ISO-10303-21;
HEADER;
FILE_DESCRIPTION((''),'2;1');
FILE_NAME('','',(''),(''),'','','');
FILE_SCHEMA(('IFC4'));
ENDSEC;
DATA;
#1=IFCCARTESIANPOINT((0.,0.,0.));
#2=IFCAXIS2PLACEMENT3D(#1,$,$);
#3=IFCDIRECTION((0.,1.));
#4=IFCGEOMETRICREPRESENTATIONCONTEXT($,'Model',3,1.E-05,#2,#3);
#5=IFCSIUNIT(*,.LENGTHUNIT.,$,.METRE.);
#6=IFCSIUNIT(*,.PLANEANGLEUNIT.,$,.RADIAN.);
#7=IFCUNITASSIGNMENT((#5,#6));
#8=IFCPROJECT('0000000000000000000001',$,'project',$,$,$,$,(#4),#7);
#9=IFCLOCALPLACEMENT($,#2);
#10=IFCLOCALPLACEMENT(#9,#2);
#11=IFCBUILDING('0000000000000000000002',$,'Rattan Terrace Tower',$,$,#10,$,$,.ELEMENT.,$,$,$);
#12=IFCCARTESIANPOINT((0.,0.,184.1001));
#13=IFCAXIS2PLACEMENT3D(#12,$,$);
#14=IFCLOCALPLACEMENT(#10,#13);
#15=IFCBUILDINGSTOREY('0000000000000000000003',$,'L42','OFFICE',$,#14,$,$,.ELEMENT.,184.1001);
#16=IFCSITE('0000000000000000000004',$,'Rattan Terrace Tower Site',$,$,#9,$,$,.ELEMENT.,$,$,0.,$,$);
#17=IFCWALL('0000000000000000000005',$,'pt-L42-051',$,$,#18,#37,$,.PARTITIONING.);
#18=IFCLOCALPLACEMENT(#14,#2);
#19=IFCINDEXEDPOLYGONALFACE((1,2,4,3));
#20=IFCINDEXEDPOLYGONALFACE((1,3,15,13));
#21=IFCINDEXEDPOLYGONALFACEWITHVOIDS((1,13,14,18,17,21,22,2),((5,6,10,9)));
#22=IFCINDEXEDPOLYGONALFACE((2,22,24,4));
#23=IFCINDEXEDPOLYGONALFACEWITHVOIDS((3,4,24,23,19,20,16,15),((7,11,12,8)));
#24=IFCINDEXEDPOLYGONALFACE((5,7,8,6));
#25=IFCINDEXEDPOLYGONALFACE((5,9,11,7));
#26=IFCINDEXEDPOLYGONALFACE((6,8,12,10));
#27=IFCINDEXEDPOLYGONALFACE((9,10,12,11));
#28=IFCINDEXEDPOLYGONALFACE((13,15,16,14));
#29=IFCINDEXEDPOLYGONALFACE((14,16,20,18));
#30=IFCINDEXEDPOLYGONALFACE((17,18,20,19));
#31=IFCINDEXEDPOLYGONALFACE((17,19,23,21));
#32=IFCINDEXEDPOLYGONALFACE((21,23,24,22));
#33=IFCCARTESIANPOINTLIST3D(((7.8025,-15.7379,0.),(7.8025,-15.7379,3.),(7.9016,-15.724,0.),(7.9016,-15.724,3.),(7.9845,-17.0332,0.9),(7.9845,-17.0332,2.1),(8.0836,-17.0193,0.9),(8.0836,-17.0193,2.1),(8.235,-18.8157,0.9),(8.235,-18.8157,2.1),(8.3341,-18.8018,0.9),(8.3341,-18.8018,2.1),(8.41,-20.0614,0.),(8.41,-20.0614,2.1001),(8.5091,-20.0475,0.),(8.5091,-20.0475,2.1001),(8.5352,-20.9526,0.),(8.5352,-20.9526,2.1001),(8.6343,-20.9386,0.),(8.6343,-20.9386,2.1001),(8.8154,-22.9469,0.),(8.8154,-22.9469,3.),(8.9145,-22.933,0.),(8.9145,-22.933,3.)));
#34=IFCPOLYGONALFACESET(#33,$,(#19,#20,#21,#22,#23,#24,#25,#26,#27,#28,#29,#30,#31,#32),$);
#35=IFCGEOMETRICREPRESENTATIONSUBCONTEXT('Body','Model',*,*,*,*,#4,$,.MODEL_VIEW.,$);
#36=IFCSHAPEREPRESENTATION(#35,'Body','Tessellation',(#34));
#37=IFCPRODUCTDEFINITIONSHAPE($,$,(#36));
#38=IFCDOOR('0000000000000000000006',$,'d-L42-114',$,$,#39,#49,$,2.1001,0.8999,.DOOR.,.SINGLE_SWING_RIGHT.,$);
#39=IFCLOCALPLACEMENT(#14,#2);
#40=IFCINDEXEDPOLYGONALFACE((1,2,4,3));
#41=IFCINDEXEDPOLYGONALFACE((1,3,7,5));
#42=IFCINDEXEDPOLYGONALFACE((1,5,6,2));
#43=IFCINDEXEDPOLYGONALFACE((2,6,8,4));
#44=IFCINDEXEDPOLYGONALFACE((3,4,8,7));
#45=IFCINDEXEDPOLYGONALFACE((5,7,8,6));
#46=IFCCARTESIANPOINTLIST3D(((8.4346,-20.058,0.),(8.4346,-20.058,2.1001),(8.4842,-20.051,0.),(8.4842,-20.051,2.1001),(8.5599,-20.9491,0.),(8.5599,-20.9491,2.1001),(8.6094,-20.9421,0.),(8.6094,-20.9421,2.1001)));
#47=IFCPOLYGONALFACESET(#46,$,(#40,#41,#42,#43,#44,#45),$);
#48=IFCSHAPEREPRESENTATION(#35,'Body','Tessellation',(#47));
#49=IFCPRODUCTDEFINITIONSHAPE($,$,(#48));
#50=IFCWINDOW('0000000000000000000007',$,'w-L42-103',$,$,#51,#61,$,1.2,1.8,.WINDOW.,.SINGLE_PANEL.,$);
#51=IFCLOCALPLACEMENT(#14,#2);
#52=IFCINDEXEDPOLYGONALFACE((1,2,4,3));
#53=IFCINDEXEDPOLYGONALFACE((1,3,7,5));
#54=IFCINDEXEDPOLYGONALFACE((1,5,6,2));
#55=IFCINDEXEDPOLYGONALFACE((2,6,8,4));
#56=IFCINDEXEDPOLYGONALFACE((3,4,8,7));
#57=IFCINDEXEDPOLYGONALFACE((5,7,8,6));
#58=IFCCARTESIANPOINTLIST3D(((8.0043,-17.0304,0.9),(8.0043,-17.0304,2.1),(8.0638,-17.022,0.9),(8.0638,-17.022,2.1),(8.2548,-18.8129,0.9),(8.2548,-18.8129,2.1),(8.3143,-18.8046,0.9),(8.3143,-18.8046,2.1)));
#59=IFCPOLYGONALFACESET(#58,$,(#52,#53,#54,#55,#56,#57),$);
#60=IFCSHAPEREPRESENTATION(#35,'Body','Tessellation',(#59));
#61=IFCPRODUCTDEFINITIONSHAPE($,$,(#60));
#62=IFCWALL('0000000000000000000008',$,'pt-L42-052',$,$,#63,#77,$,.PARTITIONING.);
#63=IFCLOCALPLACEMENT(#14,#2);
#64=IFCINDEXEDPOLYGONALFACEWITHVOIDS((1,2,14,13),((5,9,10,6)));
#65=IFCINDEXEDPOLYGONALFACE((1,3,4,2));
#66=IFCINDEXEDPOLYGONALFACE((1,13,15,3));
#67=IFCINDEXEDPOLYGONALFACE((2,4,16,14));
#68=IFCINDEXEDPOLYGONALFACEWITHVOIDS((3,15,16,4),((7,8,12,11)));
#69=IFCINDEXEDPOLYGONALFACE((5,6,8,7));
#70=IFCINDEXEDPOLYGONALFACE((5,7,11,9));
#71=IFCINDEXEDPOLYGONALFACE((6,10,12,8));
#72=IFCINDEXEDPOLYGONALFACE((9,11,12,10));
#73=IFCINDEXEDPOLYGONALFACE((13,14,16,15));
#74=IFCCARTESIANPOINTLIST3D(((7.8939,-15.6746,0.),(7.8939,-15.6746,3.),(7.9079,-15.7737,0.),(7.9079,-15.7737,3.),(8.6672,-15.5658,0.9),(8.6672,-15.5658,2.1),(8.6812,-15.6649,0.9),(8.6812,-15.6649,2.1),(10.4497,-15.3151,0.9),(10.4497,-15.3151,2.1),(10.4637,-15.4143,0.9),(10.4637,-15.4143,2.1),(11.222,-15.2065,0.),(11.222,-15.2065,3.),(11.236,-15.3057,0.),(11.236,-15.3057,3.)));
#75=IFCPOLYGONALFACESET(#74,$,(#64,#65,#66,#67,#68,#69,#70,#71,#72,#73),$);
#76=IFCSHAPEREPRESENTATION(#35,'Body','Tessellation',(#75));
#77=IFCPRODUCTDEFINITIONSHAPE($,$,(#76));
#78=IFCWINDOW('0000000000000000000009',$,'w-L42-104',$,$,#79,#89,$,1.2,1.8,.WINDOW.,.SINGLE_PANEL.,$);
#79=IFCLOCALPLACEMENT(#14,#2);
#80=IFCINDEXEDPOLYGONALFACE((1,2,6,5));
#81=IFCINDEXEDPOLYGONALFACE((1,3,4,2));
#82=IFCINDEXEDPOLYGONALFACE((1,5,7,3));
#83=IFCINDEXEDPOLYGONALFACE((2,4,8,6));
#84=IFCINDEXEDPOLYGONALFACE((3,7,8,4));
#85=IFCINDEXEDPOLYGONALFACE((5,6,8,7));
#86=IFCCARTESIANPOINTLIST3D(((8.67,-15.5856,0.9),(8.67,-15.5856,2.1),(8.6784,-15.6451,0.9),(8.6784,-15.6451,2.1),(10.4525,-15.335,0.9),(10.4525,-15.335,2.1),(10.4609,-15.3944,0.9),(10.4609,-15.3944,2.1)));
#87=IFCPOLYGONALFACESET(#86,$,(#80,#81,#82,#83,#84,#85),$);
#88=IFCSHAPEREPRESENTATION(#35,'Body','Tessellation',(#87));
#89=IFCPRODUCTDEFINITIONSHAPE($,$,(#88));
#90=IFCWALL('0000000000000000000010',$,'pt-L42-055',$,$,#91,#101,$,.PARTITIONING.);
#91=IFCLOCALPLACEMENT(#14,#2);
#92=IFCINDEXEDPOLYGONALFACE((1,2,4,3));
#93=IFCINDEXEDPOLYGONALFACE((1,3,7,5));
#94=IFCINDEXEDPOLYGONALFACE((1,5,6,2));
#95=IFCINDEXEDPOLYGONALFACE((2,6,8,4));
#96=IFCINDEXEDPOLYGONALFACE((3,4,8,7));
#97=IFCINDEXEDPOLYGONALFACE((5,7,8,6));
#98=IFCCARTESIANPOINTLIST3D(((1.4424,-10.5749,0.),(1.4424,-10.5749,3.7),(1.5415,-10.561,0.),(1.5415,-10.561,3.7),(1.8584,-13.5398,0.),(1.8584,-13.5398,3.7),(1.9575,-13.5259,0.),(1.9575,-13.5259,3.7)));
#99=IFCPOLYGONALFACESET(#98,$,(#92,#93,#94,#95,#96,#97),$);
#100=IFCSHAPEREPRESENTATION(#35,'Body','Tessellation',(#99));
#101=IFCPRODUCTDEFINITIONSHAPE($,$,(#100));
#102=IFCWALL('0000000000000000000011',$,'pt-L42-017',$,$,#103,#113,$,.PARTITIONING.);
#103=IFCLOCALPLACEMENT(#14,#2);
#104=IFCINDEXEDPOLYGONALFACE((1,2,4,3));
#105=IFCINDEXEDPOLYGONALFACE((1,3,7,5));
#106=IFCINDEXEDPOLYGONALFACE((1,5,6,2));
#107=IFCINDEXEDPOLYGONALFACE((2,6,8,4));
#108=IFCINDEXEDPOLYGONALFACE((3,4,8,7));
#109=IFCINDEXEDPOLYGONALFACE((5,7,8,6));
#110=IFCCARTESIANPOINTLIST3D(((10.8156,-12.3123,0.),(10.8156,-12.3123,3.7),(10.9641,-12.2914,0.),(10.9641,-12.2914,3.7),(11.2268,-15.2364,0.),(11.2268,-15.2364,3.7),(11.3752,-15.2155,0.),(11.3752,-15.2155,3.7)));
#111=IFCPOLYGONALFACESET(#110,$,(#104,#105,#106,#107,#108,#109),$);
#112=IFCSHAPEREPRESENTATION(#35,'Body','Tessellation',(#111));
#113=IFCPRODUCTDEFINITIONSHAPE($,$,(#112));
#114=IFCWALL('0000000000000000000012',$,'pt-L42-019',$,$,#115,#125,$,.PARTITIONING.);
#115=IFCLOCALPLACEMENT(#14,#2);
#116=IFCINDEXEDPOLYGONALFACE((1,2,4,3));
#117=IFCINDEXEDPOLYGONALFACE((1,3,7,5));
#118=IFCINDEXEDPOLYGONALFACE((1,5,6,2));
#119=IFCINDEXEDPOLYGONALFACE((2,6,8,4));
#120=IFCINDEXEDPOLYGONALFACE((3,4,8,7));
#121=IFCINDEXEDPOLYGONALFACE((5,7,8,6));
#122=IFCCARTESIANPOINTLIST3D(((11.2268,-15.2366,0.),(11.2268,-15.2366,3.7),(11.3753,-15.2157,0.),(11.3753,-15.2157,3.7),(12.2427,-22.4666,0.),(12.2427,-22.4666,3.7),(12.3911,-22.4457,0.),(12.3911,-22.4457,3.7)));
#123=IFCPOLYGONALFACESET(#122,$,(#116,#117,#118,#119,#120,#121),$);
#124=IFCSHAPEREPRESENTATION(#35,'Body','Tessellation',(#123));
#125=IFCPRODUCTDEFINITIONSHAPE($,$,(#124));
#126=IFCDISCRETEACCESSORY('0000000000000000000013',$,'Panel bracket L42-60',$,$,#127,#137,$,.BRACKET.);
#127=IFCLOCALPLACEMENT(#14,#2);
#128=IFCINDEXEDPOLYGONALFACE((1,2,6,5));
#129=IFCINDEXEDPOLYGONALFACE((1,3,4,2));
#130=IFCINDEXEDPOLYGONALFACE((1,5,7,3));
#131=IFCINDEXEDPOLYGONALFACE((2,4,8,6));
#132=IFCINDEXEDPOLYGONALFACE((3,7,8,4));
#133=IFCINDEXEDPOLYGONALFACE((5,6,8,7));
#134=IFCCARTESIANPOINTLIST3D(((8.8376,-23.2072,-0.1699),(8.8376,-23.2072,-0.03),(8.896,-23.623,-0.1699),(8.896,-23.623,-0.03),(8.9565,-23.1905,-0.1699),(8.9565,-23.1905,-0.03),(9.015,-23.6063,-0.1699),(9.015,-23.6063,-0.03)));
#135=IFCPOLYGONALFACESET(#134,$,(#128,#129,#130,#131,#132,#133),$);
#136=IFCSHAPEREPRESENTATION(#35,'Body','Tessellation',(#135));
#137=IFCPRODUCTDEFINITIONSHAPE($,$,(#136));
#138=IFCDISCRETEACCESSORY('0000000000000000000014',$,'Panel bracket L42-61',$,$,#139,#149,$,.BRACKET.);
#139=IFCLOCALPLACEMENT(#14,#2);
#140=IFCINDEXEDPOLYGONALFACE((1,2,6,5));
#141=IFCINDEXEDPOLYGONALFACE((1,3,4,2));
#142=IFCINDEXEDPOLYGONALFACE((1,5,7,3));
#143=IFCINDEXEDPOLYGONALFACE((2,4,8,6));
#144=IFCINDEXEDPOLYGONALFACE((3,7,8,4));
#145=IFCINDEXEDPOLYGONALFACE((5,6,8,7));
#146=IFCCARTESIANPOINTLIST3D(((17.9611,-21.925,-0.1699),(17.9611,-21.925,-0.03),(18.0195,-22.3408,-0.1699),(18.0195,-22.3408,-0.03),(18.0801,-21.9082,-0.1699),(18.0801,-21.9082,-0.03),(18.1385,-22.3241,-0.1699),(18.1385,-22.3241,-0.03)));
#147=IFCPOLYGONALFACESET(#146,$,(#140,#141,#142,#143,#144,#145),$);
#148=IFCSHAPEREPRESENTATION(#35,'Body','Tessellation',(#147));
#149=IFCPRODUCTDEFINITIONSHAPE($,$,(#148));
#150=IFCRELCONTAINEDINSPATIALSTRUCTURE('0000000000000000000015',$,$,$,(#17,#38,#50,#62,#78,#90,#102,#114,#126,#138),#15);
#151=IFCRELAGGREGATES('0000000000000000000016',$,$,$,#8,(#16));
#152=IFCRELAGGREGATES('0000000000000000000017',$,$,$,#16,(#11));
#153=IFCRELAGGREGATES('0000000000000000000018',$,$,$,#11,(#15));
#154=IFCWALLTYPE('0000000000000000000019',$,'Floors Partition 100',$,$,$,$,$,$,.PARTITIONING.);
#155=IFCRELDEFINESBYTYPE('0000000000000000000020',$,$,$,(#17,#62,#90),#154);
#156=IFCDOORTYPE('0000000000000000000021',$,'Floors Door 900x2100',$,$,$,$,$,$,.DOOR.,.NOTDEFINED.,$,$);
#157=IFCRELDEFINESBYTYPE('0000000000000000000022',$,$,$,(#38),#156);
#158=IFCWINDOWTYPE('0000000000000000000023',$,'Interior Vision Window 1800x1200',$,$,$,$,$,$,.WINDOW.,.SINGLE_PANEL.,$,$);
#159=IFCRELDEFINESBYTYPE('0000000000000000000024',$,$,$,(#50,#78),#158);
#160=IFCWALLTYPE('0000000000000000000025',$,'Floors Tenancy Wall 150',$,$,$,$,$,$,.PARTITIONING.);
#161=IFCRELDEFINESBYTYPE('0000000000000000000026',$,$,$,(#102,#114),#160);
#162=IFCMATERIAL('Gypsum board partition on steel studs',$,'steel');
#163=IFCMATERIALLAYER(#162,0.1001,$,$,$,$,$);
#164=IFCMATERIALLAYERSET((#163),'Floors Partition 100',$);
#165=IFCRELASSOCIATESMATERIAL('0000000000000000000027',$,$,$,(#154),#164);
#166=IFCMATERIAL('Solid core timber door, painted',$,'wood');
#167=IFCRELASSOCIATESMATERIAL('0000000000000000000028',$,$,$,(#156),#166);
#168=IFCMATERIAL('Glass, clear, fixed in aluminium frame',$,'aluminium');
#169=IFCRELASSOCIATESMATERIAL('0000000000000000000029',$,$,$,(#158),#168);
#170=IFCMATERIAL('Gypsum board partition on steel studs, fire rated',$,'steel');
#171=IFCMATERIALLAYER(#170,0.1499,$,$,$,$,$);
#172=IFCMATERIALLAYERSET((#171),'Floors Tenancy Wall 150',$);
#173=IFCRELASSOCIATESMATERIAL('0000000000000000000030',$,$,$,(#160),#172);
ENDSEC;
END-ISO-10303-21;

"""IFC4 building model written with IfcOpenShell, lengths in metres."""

from ifc_helpers import new_model, si_unit, direction, frame, frame_2d, origin, origin_2d, place, context, subcontext, project, spatial, rectangle, extrude, material, layer, layer_set, type_object, element, fill, save


model = new_model("IFC4")

# Units and contexts
model_context = context("Model", 3, precision=1e-05, world=origin(), true_north=direction((0.0, 1.0)))
body_context = subcontext(model_context, "Body", "Model", "MODEL_VIEW")
ifc_project = project(units=[si_unit("LENGTHUNIT", "METRE"), si_unit("PLANEANGLEUNIT", "RADIAN")], contexts=[model_context])

# Site, building, storey
site_placement = place(None, origin())
site = spatial("IfcSite", under=ifc_project, at=site_placement, Name="Rattan Terrace Tower Site", CompositionType="ELEMENT", RefElevation=0.0)
building_placement = place(site_placement, origin())
building = spatial("IfcBuilding", under=site, at=building_placement, Name="Rattan Terrace Tower", CompositionType="ELEMENT")
storey_placement = place(building_placement, frame((0.0, 0.0, 184.1001)))
storey = spatial("IfcBuildingStorey", under=building, at=storey_placement, Name="L42", Description="OFFICE", CompositionType="ELEMENT", Elevation=184.1001)

# Wall, openings, door, window
ifc_material_1 = material(Name="Gypsum board partition on steel studs", Category="steel")
ifc_layer_1 = layer(ifc_material_1, 0.1001)
ifc_layer_set_1 = layer_set([ifc_layer_1], Name="Floors Partition 100")
wall_type_1 = type_object("IfcWallType", Name="Floors Partition 100", PredefinedType="PARTITIONING", material=ifc_layer_set_1)
wall_1_placement = place(storey_placement, frame((7.8521, -15.731, 0.0), z_axis=(0.0, 0.0, 1.0), x_axis=(0.139144, -0.990272, 0.0)))
wall_1 = element("IfcWall", 1, at=wall_1_placement, inside=storey, type_object=wall_type_1, Name="pt-L42-051", PredefinedType="PARTITIONING", context=body_context, shape_type="SweptSolid", body=[
    extrude(rectangle(XDim=7.2798, YDim=0.1001, at=frame_2d((3.6399, 0.0))), origin(), (0.0, 0.0, 1.0), 3.0),
])
opening_1_placement = place(wall_1_placement, frame((4.366, 0.0, 0.0)))
opening_1 = element("IfcOpeningElement", 2, at=opening_1_placement, cuts=wall_1, PredefinedType="OPENING", context=body_context, shape_type="SweptSolid", body=[
    extrude(rectangle(XDim=0.8999, YDim=2.1001, at=frame_2d((0.45, 1.05))), frame((0.0, 0.0605, 0.0), z_axis=(0.0, -1.0, 0.0), x_axis=(1.0, 0.0, 0.0)), (0.0, 0.0, 1.0), 0.1211),
])
opening_2_placement = place(wall_1_placement, frame((1.3081, 0.0, 0.8999)))
opening_2 = element("IfcOpeningElement", 3, at=opening_2_placement, cuts=wall_1, PredefinedType="OPENING", context=body_context, shape_type="SweptSolid", body=[
    extrude(rectangle(XDim=1.8, YDim=1.2, at=frame_2d((0.8999, 0.6001))), frame((0.0, 0.0605, 0.0), z_axis=(0.0, -1.0, 0.0), x_axis=(1.0, 0.0, 0.0)), (0.0, 0.0, 1.0), 0.1211),
])
ifc_material_2 = material(Name="Solid core timber door, painted", Category="wood")
door_type = type_object("IfcDoorType", Name="Floors Door 900x2100", OperationType="NOTDEFINED", PredefinedType="DOOR", material=ifc_material_2)
door_placement = place(opening_1_placement, origin())
door = element("IfcDoor", 4, at=door_placement, inside=storey, type_object=door_type, Name="d-L42-114", OperationType="SINGLE_SWING_RIGHT", OverallHeight=2.1001, OverallWidth=0.8999, PredefinedType="DOOR", context=body_context, shape_type="SweptSolid", body=[
    extrude(rectangle(XDim=0.8999, YDim=2.1001, at=frame_2d((0.45, 1.05))), frame((0.0, 0.0249, 0.0), z_axis=(0.0, -1.0, 0.0), x_axis=(1.0, 0.0, 0.0)), (0.0, 0.0, 1.0), 0.05),
])
fill(opening_1, door)
ifc_material_3 = material(Name="Glass, clear, fixed in aluminium frame", Category="aluminium")
window_type = type_object("IfcWindowType", Name="Interior Vision Window 1800x1200", PartitioningType="SINGLE_PANEL", PredefinedType="WINDOW", material=ifc_material_3)
window_1_placement = place(opening_2_placement, origin())
window_1 = element("IfcWindow", 5, at=window_1_placement, inside=storey, type_object=window_type, Name="w-L42-103", OverallHeight=1.2, OverallWidth=1.8, PartitioningType="SINGLE_PANEL", PredefinedType="WINDOW", context=body_context, shape_type="SweptSolid", body=[
    extrude(rectangle(XDim=1.8, YDim=1.2, at=frame_2d((0.8999, 0.6001))), frame((0.0, 0.03, 0.0), z_axis=(0.0, -1.0, 0.0), x_axis=(1.0, 0.0, 0.0)), (0.0, 0.0, 1.0), 0.0601),
])
fill(opening_2, window_1)

# Wall, opening, window
wall_2_placement = place(storey_placement, frame((11.229, -15.2561, 0.0), z_axis=(0.0, 0.0, 1.0), x_axis=(-0.990257, -0.139255, 0.0)))
wall_2 = element("IfcWall", 6, at=wall_2_placement, inside=storey, type_object=wall_type_1, Name="pt-L42-052", PredefinedType="PARTITIONING", context=body_context, shape_type="SweptSolid", body=[
    extrude(rectangle(XDim=3.3608, YDim=0.1001, at=frame_2d((1.6804, 0.0))), origin(), (0.0, 0.0, 1.0), 3.0),
])
opening_3_placement = place(wall_2_placement, frame((0.78, 0.0, 0.8999)))
opening_3 = element("IfcOpeningElement", 7, at=opening_3_placement, cuts=wall_2, PredefinedType="OPENING", context=body_context, shape_type="SweptSolid", body=[
    extrude(rectangle(XDim=1.8, YDim=1.2, at=frame_2d((0.8999, 0.6001))), frame((0.0, 0.0605, 0.0), z_axis=(0.0, -1.0, 0.0), x_axis=(1.0, 0.0, 0.0)), (0.0, 0.0, 1.0), 0.1211),
])
window_2_placement = place(opening_3_placement, origin())
window_2 = element("IfcWindow", 8, at=window_2_placement, inside=storey, type_object=window_type, Name="w-L42-104", OverallHeight=1.2, OverallWidth=1.8, PartitioningType="SINGLE_PANEL", PredefinedType="WINDOW", context=body_context, shape_type="SweptSolid", body=[
    extrude(rectangle(XDim=1.8, YDim=1.2, at=frame_2d((0.8999, 0.6001))), frame((0.0, 0.03, 0.0), z_axis=(0.0, -1.0, 0.0), x_axis=(1.0, 0.0, 0.0)), (0.0, 0.0, 1.0), 0.0601),
])
fill(opening_3, window_2)

# Walls
wall_3_placement = place(storey_placement, frame((1.908, -13.533, 0.0), z_axis=(0.0, 0.0, 1.0), x_axis=(-0.138955, 0.990299, 0.0)))
element("IfcWall", 9, at=wall_3_placement, inside=storey, type_object=wall_type_1, Name="pt-L42-055", PredefinedType="PARTITIONING", context=body_context, shape_type="SweptSolid", body=[
    extrude(rectangle(XDim=2.9939, YDim=0.1001, at=frame_2d((1.4971, 0.0))), origin(), (0.0, 0.0, 1.0), 3.7),
])
ifc_material_4 = material(Name="Gypsum board partition on steel studs, fire rated", Category="steel")
ifc_layer_2 = layer(ifc_material_4, 0.1499)
ifc_layer_set_2 = layer_set([ifc_layer_2], Name="Floors Tenancy Wall 150")
wall_type_2 = type_object("IfcWallType", Name="Floors Tenancy Wall 150", PredefinedType="PARTITIONING", material=ifc_layer_set_2)
wall_4_placement = place(storey_placement, frame((11.301, -15.2261, 0.0), z_axis=(0.0, 0.0, 1.0), x_axis=(-0.139233, 0.99026, 0.0)))
element("IfcWall", 10, at=wall_4_placement, inside=storey, type_object=wall_type_2, Name="pt-L42-017", PredefinedType="PARTITIONING", context=body_context, shape_type="SweptSolid", body=[
    extrude(rectangle(XDim=2.9529, YDim=0.1499, at=frame_2d((1.4766, 0.0))), origin(), (0.0, 0.0, 1.0), 3.7),
])
wall_5_placement = place(storey_placement, frame((12.3169, -22.4561, 0.0), z_axis=(0.0, 0.0, 1.0), x_axis=(-0.139141, 0.990273, 0.0)))
element("IfcWall", 11, at=wall_5_placement, inside=storey, type_object=wall_type_2, Name="pt-L42-019", PredefinedType="PARTITIONING", context=body_context, shape_type="SweptSolid", body=[
    extrude(rectangle(XDim=7.301, YDim=0.1499, at=frame_2d((3.6504, 0.0))), origin(), (0.0, 0.0, 1.0), 3.7),
])

# Discrete accessories
for number, where, z_axis, x_axis, name in (
    (12, (8.9263, -23.4067, -0.1699), (0.0, 0.0, 1.0), (0.99027, 0.139161, 0.0), "Panel bracket L42-60"),
    (13, (18.0498, -22.1245, -0.1699), (0.0, 0.0, 1.0), (0.99027, 0.139161, 0.0), "Panel bracket L42-61"),
):
    element("IfcDiscreteAccessory", number, at=place(storey_placement, frame(where, z_axis=z_axis, x_axis=x_axis)), inside=storey, Name=name, PredefinedType="BRACKET", context=body_context, shape_type="SweptSolid", body=[
        extrude(rectangle(XDim=0.1201, YDim=0.4199, at=origin_2d()), origin(), (0.0, 0.0, 1.0), 0.1399),
    ])

save(model, "model.ifc")
